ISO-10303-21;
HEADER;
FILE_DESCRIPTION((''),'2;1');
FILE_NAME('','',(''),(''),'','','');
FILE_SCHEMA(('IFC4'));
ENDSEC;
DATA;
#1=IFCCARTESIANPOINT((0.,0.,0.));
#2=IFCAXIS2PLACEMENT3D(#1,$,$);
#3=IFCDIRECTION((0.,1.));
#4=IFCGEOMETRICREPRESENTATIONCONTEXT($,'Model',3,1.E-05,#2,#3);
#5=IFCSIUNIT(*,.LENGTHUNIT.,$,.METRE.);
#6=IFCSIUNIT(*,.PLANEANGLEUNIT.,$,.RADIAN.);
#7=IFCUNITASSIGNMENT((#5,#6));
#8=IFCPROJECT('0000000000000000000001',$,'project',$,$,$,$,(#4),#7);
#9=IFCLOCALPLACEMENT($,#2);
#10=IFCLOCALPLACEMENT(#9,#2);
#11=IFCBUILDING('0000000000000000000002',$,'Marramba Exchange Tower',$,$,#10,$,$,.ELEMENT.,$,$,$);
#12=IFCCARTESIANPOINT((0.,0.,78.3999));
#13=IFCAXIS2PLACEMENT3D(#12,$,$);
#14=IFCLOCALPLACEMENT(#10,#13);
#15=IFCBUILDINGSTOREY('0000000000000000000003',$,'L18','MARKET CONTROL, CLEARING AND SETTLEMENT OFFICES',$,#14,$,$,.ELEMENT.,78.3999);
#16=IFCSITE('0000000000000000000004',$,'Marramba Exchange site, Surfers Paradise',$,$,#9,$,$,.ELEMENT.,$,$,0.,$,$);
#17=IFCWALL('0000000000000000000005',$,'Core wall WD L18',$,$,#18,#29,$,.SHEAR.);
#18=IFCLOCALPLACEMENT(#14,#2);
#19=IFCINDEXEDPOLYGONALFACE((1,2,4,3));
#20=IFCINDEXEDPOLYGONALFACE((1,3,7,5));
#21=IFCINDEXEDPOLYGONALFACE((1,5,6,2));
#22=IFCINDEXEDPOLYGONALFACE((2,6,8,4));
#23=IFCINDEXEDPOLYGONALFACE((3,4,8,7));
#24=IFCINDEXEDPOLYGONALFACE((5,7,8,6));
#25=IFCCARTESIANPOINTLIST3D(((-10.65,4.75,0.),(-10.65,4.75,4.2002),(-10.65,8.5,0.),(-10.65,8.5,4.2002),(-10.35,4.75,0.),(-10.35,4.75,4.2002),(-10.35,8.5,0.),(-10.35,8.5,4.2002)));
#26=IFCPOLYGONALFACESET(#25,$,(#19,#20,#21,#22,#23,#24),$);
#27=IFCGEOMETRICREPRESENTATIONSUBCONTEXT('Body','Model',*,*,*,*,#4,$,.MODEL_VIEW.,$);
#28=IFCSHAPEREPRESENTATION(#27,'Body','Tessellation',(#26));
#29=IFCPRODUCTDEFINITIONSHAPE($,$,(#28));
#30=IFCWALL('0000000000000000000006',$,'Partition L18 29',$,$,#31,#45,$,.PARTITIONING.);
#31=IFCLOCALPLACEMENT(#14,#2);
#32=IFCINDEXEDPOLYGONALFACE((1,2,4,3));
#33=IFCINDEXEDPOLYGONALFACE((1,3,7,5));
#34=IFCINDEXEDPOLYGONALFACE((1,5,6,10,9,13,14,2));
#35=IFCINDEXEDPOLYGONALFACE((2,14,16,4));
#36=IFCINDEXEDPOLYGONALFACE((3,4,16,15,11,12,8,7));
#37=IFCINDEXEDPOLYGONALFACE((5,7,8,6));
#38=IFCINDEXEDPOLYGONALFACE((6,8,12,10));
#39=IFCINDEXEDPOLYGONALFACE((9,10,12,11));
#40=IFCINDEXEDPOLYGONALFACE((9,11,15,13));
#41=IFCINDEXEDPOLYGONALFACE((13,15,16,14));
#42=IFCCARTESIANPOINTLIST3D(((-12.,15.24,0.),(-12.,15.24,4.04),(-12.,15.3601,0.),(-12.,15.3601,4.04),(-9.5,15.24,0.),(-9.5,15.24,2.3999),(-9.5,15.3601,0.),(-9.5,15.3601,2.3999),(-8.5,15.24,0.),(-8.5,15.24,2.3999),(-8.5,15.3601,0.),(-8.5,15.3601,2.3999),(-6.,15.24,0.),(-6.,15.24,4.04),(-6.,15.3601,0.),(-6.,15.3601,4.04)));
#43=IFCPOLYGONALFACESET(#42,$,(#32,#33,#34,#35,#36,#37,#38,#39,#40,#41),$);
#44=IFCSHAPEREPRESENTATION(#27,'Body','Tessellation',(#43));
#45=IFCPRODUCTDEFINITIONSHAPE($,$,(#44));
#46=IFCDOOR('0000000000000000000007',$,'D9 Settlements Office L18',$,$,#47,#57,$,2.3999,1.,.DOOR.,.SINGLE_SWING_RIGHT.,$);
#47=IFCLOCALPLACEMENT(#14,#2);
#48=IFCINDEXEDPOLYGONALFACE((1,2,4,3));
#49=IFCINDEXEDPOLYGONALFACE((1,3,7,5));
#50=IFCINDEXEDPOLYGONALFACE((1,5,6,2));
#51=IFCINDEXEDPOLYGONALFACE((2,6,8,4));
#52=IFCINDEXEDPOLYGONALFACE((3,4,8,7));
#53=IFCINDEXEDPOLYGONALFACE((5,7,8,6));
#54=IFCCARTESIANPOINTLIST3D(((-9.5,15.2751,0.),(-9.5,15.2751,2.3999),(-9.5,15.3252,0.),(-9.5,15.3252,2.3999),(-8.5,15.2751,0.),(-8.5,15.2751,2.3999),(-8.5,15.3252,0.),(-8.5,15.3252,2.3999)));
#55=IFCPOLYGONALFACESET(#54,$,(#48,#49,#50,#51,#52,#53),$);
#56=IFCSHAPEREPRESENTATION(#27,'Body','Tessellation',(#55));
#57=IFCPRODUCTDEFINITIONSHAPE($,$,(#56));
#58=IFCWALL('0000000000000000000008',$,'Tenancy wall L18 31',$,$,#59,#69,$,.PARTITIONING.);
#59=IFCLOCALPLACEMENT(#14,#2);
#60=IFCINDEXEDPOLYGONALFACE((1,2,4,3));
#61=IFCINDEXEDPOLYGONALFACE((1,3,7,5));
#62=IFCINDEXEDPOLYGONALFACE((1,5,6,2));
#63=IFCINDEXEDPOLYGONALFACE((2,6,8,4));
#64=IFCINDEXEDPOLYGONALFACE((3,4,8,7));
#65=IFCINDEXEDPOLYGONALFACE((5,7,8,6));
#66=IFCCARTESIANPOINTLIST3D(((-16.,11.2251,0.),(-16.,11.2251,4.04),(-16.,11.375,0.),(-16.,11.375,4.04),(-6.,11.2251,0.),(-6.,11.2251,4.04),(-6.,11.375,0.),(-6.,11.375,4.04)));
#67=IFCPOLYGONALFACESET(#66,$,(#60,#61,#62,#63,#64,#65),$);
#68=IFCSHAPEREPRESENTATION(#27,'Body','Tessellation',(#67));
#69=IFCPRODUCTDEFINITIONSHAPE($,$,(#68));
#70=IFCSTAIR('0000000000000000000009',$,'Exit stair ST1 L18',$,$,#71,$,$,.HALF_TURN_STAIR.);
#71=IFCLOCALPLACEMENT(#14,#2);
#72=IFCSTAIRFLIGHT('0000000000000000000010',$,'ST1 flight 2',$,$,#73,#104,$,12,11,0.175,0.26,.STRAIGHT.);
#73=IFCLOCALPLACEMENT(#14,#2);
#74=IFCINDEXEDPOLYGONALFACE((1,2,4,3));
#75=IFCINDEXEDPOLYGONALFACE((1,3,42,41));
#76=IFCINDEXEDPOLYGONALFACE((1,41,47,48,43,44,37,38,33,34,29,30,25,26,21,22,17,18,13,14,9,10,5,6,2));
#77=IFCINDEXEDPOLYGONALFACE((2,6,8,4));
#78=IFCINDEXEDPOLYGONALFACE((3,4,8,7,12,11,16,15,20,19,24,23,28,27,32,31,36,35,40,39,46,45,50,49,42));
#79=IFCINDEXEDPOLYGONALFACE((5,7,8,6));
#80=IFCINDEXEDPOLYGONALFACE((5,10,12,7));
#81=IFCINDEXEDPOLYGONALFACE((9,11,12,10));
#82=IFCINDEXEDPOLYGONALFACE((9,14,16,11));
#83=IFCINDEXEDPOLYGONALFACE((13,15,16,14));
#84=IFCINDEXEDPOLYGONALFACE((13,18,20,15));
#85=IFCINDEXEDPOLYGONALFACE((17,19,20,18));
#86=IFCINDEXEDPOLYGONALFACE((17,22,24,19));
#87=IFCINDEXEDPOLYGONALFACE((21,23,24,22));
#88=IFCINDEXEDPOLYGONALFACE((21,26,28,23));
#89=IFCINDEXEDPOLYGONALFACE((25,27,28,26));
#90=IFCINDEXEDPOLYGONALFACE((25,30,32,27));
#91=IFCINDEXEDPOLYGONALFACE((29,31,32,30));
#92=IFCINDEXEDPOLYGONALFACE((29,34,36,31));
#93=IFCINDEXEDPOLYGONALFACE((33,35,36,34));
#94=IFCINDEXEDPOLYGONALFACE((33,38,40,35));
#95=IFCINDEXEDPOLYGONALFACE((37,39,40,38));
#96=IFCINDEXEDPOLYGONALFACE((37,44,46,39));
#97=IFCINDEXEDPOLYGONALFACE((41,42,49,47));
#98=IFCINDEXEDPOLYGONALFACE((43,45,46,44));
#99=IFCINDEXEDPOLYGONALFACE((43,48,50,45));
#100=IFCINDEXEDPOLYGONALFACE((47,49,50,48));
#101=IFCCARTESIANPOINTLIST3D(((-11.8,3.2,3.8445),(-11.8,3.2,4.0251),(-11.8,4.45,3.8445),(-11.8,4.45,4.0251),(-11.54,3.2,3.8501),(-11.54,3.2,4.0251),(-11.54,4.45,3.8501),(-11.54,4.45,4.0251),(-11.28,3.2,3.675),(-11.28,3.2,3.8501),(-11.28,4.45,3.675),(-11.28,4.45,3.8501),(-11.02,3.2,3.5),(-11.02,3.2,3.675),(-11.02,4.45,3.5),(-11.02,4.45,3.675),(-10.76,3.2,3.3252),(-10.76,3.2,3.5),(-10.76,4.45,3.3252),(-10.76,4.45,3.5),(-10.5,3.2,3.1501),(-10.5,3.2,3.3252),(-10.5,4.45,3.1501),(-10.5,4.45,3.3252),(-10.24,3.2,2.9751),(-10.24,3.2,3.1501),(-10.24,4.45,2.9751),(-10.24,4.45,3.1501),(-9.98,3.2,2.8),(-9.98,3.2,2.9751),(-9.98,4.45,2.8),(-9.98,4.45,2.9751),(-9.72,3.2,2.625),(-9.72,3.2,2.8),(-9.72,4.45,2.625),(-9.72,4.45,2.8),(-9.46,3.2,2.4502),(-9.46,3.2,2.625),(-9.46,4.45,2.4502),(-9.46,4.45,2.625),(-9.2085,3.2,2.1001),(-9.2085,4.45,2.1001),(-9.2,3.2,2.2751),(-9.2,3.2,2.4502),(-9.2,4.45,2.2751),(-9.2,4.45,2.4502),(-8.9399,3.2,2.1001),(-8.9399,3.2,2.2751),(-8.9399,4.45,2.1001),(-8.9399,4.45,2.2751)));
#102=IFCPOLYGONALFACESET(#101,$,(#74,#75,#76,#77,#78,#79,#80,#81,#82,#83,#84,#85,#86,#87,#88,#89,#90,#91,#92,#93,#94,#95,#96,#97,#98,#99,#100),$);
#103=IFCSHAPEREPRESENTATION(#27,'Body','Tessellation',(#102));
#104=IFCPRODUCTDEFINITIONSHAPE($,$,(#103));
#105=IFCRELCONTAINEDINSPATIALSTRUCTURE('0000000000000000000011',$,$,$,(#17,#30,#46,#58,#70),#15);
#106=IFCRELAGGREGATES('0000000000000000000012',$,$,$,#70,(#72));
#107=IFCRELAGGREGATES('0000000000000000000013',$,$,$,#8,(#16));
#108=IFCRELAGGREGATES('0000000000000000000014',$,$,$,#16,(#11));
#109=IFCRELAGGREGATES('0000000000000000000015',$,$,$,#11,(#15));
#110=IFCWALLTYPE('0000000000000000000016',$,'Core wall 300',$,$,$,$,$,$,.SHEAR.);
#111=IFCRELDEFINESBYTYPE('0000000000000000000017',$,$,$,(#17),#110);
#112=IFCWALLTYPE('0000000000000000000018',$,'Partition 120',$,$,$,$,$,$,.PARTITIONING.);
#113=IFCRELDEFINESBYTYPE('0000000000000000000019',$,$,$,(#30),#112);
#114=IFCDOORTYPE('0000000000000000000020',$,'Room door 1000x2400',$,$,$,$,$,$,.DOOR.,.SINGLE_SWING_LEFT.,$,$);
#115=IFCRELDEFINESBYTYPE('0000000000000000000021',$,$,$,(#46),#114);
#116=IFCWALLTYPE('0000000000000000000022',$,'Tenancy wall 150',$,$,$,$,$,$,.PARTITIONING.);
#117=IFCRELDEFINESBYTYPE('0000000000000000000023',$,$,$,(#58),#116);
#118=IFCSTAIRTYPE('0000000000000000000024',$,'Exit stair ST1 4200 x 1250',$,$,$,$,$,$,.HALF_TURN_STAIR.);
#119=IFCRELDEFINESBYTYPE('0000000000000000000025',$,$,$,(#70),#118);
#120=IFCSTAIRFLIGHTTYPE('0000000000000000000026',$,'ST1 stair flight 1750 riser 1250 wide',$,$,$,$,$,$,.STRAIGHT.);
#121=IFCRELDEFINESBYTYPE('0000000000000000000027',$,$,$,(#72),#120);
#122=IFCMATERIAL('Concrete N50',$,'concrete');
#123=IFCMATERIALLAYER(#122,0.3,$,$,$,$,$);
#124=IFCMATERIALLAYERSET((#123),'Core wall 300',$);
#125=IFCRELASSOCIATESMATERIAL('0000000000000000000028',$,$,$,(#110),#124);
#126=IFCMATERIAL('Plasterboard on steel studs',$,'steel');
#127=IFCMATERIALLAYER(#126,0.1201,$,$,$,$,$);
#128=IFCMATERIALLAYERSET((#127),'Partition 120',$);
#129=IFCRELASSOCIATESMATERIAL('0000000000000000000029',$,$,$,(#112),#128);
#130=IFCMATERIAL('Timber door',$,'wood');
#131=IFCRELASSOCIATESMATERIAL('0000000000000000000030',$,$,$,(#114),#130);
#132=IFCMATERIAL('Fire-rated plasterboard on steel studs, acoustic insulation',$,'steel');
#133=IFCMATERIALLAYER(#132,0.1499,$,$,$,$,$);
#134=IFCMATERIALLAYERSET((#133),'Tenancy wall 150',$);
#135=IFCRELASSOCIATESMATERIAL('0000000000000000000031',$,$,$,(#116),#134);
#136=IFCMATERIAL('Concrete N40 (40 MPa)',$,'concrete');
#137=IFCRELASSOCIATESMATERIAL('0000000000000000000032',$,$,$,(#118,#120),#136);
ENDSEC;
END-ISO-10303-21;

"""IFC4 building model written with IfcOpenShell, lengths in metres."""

from ifc_helpers import new_model, si_unit, direction, frame, frame_2d, origin, place, context, subcontext, project, spatial, polyline, rectangle, outline, extrude, material, layer, layer_set, type_object, element, fill, aggregate, save


model = new_model("IFC4")

# Units and contexts
model_context = context("Model", 3, precision=1e-05, world=origin(), true_north=direction((0.0, 1.0)))
body_context = subcontext(model_context, "Body", "Model", "MODEL_VIEW")
ifc_project = project(units=[si_unit("LENGTHUNIT", "METRE"), si_unit("PLANEANGLEUNIT", "RADIAN")], contexts=[model_context])

# Site, building, storey
site_placement = place(None, origin())
site = spatial("IfcSite", under=ifc_project, at=site_placement, Name="Marramba Exchange site, Surfers Paradise", CompositionType="ELEMENT", RefElevation=0.0)
building_placement = place(site_placement, origin())
building = spatial("IfcBuilding", under=site, at=building_placement, Name="Marramba Exchange Tower", CompositionType="ELEMENT")
storey_placement = place(building_placement, frame((0.0, 0.0, 78.3999)))
storey = spatial("IfcBuildingStorey", under=building, at=storey_placement, Name="L18", Description="MARKET CONTROL, CLEARING AND SETTLEMENT OFFICES", CompositionType="ELEMENT", Elevation=78.3999)

# Shared definitions
ifc_material_1 = material(Name="Timber door", Category="wood")

# Wall
ifc_material_2 = material(Name="Concrete N50", Category="concrete")
ifc_layer_1 = layer(ifc_material_2, 0.3)
ifc_layer_set_1 = layer_set([ifc_layer_1], Name="Core wall 300")
wall_type_1 = type_object("IfcWallType", Name="Core wall 300", PredefinedType="SHEAR", material=ifc_layer_set_1)
for number, where, z_axis, x_axis, name in (
    (1, (-10.5, 4.75, 0.0), (0.0, 0.0, 1.0), (0.0, 1.0, 0.0), "Core wall WD L18"),
):
    element("IfcWall", number, at=place(storey_placement, frame(where, z_axis=z_axis, x_axis=x_axis)), inside=storey, type_object=wall_type_1, Name=name, PredefinedType="SHEAR", context=body_context, shape_type="SweptSolid", body=[
        extrude(rectangle(XDim=3.75, YDim=0.3, at=frame_2d((1.875, 0.0))), origin(), (0.0, 0.0, 1.0), 4.2002),
    ])

# Wall, opening, door
ifc_material_3 = material(Name="Plasterboard on steel studs", Category="steel")
ifc_layer_2 = layer(ifc_material_3, 0.1201)
ifc_layer_set_2 = layer_set([ifc_layer_2], Name="Partition 120")
wall_type_2 = type_object("IfcWallType", Name="Partition 120", PredefinedType="PARTITIONING", material=ifc_layer_set_2)
wall_1_placement = place(storey_placement, frame((-6.0, 15.3, 0.0), z_axis=(0.0, 0.0, 1.0), x_axis=(-1.0, 0.0, 0.0)))
wall_1 = element("IfcWall", 2, at=wall_1_placement, inside=storey, type_object=wall_type_2, Name="Partition L18 29", PredefinedType="PARTITIONING", context=body_context, shape_type="SweptSolid", body=[
    extrude(rectangle(XDim=6.0, YDim=0.1201, at=frame_2d((3.0, 0.0))), origin(), (0.0, 0.0, 1.0), 4.04),
])
opening_1_placement = place(wall_1_placement, frame((2.5, 0.0, 0.0)))
opening_1 = element("IfcOpeningElement", 3, at=opening_1_placement, cuts=wall_1, PredefinedType="OPENING", context=body_context, shape_type="SweptSolid", body=[
    extrude(rectangle(XDim=1.0, YDim=2.3999, at=frame_2d((0.5, 1.2))), frame((0.0, 0.0701, 0.0), z_axis=(0.0, -1.0, 0.0), x_axis=(1.0, 0.0, 0.0)), (0.0, 0.0, 1.0), 0.1401),
])
door_type_1 = type_object("IfcDoorType", Name="Room door 1000x2400", OperationType="SINGLE_SWING_LEFT", PredefinedType="DOOR", material=ifc_material_1)
door_1_placement = place(opening_1_placement, origin())
door_1 = element("IfcDoor", 4, at=door_1_placement, inside=storey, type_object=door_type_1, Name="D9 Settlements Office L18", OperationType="SINGLE_SWING_RIGHT", OverallHeight=2.3999, OverallWidth=1.0, PredefinedType="DOOR", context=body_context, shape_type="SweptSolid", body=[
    extrude(rectangle(XDim=1.0, YDim=2.3999, at=frame_2d((0.5, 1.2))), frame((0.0, 0.0249, 0.0), z_axis=(0.0, -1.0, 0.0), x_axis=(1.0, 0.0, 0.0)), (0.0, 0.0, 1.0), 0.05),
])
fill(opening_1, door_1)

# Wall
ifc_material_4 = material(Name="Fire-rated plasterboard on steel studs, acoustic insulation", Category="steel")
ifc_layer_3 = layer(ifc_material_4, 0.1499)
ifc_layer_set_3 = layer_set([ifc_layer_3], Name="Tenancy wall 150")
wall_type_3 = type_object("IfcWallType", Name="Tenancy wall 150", PredefinedType="PARTITIONING", material=ifc_layer_set_3)
wall_2_placement = place(storey_placement, frame((-6.0, 11.3, 0.0), z_axis=(0.0, 0.0, 1.0), x_axis=(-1.0, 0.0, 0.0)))
element("IfcWall", 5, at=wall_2_placement, inside=storey, type_object=wall_type_3, Name="Tenancy wall L18 31", PredefinedType="PARTITIONING", context=body_context, shape_type="SweptSolid", body=[
    extrude(rectangle(XDim=10.0, YDim=0.1499, at=frame_2d((5.0, 0.0))), origin(), (0.0, 0.0, 1.0), 4.04),
])

# Stair, stair flight
ifc_material_5 = material(Name="Concrete N40 (40 MPa)", Category="concrete")
stair_type = type_object("IfcStairType", Name="Exit stair ST1 4200 x 1250", PredefinedType="HALF_TURN_STAIR", material=ifc_material_5)
stair_placement = place(storey_placement, origin())
stair = element("IfcStair", 6, at=stair_placement, inside=storey, type_object=stair_type, Name="Exit stair ST1 L18", PredefinedType="HALF_TURN_STAIR")
stair_flight_type = type_object("IfcStairFlightType", Name="ST1 stair flight 1750 riser 1250 wide", PredefinedType="STRAIGHT", material=ifc_material_5)
stair_flight_placement = place(storey_placement, frame((-8.9399, 3.825, 2.1001), z_axis=(0.0, 0.0, 1.0), x_axis=(-1.0, 0.0, 0.0)))
stair_flight = element("IfcStairFlight", 7, at=stair_flight_placement, type_object=stair_flight_type, Name="ST1 flight 2", NumberOfRisers=12, NumberOfTreads=11, PredefinedType="STRAIGHT", RiserHeight=0.175, TreadLength=0.26, context=body_context, shape_type="SweptSolid", body=[
    extrude(outline(polyline([(0.0, 0.0), (0.0, 0.175), (0.26, 0.175), (0.26, 0.3501), (0.52, 0.3501), (0.52, 0.5249), (0.78, 0.5249), (0.78, 0.7), (1.04, 0.7), (1.04, 0.875), (1.3, 0.875), (1.3, 1.05), (1.5601, 1.05), (1.5601, 1.2251), (1.8201, 1.2251), (1.8201, 1.3999), (2.0801, 1.3999), (2.0801, 1.575), (2.3401, 1.575), (2.3401, 1.75), (2.6001, 1.75), (2.6001, 1.925), (2.8601, 1.925), (2.8601, 2.1001), (2.8601, 1.7444), (0.2686, 0.0), (0.0, 0.0)])), frame((0.0, 0.625, 0.0), z_axis=(0.0, -1.0, 0.0), x_axis=(1.0, 0.0, 0.0)), (0.0, 0.0, 1.0), 1.25),
])
aggregate(stair, [stair_flight])

save(model, "model.ifc")
